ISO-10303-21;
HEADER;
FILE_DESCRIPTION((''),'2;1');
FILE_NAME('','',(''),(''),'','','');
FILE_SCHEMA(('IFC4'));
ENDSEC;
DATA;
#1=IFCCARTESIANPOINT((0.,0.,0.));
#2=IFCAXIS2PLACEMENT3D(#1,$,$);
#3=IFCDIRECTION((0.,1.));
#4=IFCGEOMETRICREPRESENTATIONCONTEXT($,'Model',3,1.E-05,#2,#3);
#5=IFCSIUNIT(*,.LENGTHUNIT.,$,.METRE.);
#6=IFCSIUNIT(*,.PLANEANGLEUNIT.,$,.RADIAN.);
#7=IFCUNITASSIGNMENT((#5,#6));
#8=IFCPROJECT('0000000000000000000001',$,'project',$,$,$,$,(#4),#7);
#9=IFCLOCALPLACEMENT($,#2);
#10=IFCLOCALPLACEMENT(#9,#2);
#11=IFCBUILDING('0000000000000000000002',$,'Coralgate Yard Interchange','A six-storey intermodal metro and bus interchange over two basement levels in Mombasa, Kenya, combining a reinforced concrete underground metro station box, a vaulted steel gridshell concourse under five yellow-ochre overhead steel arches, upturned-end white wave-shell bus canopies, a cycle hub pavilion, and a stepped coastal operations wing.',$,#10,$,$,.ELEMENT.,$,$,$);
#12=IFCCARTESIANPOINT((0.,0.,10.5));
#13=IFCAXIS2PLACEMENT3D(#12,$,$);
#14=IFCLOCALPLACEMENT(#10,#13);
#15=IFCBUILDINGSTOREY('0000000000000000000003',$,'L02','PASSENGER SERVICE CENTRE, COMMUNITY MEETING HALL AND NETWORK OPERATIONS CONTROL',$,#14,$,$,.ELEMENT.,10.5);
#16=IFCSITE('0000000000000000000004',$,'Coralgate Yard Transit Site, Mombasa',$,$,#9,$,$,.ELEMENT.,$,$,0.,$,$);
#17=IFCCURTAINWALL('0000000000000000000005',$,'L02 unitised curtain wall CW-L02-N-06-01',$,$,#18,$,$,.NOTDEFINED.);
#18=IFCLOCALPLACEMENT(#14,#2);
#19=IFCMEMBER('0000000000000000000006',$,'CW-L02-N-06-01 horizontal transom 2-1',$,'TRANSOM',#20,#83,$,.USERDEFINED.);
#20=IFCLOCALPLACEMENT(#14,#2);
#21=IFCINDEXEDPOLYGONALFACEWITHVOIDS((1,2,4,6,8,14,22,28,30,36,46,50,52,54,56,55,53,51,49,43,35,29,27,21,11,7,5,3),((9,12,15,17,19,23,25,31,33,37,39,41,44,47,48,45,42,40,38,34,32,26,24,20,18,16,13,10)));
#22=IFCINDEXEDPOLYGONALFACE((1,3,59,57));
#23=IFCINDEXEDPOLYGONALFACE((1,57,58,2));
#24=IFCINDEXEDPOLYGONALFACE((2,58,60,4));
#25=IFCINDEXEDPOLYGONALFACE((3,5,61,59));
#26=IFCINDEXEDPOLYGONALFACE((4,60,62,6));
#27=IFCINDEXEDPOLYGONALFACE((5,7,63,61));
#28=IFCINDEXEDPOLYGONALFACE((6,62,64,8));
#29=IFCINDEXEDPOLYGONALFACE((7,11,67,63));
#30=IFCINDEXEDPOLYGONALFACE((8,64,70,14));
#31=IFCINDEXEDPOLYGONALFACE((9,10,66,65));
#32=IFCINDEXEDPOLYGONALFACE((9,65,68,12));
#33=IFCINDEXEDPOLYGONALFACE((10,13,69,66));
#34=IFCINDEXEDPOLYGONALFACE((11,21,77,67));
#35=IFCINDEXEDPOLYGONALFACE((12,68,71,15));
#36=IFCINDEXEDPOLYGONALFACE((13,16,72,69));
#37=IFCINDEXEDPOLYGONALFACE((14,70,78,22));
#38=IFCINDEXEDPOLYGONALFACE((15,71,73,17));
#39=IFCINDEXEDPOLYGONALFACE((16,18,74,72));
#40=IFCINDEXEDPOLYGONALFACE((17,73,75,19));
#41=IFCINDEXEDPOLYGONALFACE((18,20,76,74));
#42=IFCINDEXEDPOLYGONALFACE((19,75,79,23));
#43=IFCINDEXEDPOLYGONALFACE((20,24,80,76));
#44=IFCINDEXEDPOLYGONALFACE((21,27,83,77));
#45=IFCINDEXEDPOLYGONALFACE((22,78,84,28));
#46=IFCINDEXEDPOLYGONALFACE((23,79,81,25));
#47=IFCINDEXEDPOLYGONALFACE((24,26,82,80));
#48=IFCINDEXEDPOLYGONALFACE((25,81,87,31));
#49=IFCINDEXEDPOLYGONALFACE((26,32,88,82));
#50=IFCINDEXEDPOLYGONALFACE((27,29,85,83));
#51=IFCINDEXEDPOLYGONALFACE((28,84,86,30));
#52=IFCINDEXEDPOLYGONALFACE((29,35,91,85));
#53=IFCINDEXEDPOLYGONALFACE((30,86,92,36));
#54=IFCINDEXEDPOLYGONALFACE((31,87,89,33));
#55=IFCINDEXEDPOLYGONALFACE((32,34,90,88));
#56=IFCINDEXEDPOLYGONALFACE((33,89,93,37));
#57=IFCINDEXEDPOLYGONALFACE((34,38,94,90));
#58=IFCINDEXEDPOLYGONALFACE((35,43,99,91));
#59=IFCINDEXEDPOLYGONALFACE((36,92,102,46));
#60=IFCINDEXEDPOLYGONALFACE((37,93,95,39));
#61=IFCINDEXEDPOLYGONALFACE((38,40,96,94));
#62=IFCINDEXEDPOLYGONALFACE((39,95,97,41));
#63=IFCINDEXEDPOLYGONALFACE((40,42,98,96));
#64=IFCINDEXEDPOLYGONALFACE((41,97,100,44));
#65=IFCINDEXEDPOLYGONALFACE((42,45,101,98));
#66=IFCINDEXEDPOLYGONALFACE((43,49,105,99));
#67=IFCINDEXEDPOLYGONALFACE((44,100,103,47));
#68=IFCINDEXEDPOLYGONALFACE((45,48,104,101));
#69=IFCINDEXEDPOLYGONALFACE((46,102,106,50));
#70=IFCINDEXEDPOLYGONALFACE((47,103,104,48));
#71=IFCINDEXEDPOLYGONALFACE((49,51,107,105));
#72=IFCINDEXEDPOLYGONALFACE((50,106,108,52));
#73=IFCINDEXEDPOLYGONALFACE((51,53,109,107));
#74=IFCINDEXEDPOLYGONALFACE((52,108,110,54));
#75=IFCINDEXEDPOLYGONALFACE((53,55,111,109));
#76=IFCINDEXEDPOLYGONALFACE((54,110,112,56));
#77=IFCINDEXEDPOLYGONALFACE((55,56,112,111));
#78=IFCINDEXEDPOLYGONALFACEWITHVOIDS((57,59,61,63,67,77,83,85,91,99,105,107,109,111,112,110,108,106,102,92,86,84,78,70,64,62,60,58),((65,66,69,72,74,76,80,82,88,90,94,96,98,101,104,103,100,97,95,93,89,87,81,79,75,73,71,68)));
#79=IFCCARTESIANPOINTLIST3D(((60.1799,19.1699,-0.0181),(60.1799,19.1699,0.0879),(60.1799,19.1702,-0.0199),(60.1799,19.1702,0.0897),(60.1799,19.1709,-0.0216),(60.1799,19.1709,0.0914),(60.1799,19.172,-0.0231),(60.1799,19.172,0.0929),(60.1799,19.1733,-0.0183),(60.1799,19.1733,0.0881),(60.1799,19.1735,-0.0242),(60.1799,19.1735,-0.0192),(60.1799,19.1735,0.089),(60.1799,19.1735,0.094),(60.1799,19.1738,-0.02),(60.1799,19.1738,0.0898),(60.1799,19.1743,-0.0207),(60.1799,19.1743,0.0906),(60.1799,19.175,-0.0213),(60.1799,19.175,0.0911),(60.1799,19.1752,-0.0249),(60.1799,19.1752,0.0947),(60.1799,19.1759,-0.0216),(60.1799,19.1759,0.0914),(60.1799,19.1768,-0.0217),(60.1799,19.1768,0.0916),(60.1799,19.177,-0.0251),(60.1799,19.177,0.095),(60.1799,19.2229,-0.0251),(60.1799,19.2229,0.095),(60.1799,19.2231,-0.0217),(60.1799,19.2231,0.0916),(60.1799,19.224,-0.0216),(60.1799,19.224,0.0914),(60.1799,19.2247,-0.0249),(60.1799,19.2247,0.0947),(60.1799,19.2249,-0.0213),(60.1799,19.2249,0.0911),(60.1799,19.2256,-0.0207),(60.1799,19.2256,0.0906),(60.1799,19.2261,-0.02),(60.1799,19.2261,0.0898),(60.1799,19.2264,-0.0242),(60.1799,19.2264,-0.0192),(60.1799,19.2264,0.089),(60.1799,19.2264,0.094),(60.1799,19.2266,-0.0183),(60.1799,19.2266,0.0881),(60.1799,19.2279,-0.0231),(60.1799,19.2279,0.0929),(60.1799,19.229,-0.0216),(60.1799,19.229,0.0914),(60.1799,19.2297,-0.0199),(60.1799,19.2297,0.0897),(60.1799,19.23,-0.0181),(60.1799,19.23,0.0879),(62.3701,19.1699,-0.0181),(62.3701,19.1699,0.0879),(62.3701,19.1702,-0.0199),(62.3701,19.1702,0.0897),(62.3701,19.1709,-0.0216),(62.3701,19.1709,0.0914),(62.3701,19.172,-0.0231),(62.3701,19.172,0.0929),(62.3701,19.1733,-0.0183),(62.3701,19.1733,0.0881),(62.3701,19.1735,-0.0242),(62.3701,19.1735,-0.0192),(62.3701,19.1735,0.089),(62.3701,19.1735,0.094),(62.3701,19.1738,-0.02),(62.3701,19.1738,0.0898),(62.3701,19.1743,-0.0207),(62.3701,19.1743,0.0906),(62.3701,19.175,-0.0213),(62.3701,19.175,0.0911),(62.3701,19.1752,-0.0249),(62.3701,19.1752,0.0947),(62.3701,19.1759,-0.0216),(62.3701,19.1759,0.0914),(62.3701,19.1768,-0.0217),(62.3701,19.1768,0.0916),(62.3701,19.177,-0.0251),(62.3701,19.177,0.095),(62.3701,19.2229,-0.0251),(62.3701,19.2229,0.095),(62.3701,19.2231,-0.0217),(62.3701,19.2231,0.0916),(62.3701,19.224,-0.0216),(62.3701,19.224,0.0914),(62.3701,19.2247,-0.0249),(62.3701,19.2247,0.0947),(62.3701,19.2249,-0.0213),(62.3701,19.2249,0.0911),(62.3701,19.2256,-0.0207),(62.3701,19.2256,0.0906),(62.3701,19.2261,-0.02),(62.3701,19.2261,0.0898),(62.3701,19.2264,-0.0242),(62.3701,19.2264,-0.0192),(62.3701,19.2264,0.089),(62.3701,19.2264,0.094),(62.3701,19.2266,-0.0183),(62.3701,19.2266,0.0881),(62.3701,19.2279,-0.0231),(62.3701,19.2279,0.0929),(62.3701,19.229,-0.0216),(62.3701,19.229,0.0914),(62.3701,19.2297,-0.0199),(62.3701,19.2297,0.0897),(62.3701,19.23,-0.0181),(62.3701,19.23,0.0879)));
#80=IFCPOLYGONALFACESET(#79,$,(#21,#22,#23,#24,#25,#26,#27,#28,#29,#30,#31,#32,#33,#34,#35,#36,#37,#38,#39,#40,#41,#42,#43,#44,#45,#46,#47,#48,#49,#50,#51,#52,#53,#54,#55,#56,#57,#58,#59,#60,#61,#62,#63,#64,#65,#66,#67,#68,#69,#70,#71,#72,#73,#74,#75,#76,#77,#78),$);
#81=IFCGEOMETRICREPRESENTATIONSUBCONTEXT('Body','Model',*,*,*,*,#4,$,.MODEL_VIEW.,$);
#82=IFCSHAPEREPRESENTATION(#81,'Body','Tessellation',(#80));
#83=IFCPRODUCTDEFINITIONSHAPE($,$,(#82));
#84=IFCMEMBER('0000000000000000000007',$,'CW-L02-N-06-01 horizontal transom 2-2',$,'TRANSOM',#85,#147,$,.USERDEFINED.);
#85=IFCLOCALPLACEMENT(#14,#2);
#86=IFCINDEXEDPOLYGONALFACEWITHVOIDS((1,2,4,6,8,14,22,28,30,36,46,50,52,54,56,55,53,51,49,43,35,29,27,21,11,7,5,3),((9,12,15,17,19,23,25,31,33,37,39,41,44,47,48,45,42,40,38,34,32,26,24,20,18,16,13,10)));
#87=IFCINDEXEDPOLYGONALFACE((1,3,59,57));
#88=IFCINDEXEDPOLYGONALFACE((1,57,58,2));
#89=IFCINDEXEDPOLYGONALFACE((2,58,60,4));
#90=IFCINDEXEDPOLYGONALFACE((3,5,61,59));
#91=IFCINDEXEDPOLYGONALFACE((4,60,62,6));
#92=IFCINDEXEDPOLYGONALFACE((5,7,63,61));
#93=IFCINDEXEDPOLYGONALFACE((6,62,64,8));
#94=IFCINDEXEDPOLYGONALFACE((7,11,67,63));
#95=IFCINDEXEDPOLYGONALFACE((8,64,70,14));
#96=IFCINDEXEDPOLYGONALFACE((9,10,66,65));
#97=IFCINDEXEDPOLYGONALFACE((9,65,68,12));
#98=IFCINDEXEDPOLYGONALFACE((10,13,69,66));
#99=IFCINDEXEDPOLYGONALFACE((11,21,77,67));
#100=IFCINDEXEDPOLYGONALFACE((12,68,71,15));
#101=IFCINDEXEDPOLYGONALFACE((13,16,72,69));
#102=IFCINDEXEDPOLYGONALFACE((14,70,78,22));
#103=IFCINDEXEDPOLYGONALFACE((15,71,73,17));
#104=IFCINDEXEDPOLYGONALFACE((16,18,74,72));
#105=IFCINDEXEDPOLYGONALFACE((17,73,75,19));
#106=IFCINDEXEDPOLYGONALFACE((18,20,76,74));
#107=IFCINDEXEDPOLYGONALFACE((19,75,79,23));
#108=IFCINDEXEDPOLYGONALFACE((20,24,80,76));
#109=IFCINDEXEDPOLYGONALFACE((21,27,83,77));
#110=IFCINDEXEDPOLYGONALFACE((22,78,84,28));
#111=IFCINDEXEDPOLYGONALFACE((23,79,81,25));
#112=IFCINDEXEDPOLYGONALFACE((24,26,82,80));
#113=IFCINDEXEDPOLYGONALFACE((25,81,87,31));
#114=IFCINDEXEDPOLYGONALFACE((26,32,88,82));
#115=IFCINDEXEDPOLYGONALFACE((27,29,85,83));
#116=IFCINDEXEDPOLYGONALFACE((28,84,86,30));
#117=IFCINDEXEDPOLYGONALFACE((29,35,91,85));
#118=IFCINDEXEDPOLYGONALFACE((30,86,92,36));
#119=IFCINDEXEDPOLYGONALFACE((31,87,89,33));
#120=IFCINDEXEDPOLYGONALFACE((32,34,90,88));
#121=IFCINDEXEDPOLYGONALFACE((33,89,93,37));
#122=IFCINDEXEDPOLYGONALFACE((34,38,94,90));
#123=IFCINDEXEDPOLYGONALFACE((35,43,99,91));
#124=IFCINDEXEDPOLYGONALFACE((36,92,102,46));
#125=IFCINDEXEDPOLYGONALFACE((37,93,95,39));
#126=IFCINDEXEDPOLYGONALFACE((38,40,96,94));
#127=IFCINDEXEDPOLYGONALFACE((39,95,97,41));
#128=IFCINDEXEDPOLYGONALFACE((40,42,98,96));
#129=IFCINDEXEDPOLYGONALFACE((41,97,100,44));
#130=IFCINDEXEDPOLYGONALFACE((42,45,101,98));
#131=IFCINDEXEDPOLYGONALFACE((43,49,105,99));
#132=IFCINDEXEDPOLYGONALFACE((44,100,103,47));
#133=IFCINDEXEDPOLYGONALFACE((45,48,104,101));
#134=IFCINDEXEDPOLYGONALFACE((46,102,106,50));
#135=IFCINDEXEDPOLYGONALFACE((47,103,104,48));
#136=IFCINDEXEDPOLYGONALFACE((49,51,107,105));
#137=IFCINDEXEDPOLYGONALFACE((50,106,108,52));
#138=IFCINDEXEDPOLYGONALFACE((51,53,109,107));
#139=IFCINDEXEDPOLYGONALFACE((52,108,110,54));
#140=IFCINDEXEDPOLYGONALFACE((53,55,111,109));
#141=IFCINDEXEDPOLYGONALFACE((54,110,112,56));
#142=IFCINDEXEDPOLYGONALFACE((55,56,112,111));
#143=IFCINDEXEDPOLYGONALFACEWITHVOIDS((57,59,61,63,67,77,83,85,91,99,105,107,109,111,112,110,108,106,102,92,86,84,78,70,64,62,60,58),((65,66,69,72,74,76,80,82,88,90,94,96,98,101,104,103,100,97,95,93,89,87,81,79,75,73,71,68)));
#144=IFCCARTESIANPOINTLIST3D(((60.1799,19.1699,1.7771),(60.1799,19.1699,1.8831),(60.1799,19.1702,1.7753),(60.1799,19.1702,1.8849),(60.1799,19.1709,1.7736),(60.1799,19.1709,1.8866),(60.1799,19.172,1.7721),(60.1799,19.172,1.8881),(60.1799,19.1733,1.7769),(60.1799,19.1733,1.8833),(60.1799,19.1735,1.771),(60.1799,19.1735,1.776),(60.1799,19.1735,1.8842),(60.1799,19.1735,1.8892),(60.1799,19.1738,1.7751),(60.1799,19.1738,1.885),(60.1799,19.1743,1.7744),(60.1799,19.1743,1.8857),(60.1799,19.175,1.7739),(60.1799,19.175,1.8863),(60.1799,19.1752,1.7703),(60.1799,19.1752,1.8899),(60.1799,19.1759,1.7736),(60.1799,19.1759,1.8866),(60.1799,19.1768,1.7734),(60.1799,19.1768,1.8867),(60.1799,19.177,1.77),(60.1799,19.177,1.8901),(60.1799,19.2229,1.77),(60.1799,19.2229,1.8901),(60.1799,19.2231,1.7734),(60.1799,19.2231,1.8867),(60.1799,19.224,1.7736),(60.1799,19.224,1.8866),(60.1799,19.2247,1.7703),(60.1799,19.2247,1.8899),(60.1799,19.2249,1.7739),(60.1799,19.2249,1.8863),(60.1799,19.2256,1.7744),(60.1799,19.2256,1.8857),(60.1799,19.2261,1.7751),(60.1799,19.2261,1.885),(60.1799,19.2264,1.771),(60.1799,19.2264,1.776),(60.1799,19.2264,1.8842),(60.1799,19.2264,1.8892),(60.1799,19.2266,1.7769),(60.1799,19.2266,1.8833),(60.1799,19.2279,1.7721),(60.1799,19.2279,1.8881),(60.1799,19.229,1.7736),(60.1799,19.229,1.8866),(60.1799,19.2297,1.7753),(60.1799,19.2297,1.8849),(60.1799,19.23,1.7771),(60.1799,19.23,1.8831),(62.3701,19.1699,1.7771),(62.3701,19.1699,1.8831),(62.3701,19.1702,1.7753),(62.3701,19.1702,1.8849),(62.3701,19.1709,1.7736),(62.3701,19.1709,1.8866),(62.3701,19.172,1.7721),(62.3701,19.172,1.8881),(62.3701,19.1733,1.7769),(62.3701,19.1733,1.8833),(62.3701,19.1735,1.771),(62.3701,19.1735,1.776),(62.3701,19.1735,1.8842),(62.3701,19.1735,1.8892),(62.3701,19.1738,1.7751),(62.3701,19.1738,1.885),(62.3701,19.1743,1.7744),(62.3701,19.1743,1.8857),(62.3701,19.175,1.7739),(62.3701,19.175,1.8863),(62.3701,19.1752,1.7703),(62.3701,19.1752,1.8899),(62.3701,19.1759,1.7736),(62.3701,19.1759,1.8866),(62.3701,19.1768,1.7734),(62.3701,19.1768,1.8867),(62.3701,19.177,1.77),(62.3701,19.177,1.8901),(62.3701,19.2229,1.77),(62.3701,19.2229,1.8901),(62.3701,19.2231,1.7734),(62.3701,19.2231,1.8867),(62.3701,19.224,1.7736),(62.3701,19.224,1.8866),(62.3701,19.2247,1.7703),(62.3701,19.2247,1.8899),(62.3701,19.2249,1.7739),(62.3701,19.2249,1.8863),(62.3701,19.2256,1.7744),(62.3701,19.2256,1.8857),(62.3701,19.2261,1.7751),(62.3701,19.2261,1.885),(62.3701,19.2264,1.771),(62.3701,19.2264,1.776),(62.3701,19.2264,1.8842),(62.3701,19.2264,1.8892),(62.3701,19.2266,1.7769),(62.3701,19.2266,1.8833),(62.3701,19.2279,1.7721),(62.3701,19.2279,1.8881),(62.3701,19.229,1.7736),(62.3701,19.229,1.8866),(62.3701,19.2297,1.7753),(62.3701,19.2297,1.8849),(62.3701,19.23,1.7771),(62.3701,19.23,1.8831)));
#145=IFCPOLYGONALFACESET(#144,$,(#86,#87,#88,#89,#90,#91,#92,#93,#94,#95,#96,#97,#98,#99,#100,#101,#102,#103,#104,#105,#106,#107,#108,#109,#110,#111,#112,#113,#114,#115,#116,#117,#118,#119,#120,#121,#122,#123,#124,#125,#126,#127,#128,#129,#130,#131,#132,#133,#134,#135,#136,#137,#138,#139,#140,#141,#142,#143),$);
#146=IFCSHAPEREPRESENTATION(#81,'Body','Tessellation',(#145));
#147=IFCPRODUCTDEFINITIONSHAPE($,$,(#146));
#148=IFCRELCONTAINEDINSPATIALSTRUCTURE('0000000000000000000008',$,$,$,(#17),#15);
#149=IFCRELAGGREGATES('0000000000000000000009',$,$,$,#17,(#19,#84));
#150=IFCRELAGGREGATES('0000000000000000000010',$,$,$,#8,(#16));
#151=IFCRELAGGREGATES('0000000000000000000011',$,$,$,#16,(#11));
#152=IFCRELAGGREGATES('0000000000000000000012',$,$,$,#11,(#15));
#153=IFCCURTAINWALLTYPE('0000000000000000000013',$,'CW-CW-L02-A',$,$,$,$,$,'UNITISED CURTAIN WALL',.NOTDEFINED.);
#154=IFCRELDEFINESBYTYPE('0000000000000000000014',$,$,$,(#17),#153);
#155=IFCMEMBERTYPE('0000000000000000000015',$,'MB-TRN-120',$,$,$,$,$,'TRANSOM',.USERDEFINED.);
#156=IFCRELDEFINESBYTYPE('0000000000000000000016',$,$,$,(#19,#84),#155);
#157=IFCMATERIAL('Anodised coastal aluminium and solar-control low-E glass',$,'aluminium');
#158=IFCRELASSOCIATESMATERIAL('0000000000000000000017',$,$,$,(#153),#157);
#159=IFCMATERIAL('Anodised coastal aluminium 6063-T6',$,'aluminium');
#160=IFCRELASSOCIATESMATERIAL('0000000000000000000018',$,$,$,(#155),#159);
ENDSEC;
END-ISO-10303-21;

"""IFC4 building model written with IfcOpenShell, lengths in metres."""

from ifc_helpers import new_model, si_unit, direction, frame, origin, origin_2d, place, context, subcontext, project, spatial, hollow_rectangle, extrude, material, material_profile, profile_set, type_object, element, aggregate, save


model = new_model("IFC4")

# Units and contexts
model_context = context("Model", 3, precision=1e-05, world=origin(), true_north=direction((0.0, 1.0)))
body_context = subcontext(model_context, "Body", "Model", "MODEL_VIEW")
ifc_project = project(units=[si_unit("LENGTHUNIT", "METRE"), si_unit("PLANEANGLEUNIT", "RADIAN")], contexts=[model_context])

# Site, building, storey
site_placement = place(None, origin())
site = spatial("IfcSite", under=ifc_project, at=site_placement, Name="Coralgate Yard Transit Site, Mombasa", CompositionType="ELEMENT", RefElevation=0.0)
building_placement = place(site_placement, origin())
building = spatial("IfcBuilding", under=site, at=building_placement, Name="Coralgate Yard Interchange", Description="A six-storey intermodal metro and bus interchange over two basement levels in Mombasa, Kenya, combining a reinforced concrete underground metro station box, a vaulted steel gridshell concourse under five yellow-ochre overhead steel arches, upturned-end white wave-shell bus canopies, a cycle hub pavilion, and a stepped coastal operations wing.", CompositionType="ELEMENT")
storey_placement = place(building_placement, frame((0.0, 0.0, 10.5)))
storey = spatial("IfcBuildingStorey", under=building, at=storey_placement, Name="L02", Description="PASSENGER SERVICE CENTRE, COMMUNITY MEETING HALL AND NETWORK OPERATIONS CONTROL", CompositionType="ELEMENT", Elevation=10.5)

# Shared definitions
ifc_material_1 = material(Name="Anodised coastal aluminium and solar-control low-E glass", Category="aluminium")
curtain_wall_type = type_object("IfcCurtainWallType", Name="CW-CW-L02-A", ElementType="UNITISED CURTAIN WALL", PredefinedType="NOTDEFINED", material=ifc_material_1)
ifc_material_2 = material(Name="Anodised coastal aluminium 6063-T6", Category="aluminium")

# Curtain wall, members
curtain_wall_1_placement = place(storey_placement, origin())
curtain_wall_1 = element("IfcCurtainWall", 1, at=curtain_wall_1_placement, inside=storey, type_object=curtain_wall_type, Name="L02 unitised curtain wall CW-L02-N-06-01", PredefinedType="NOTDEFINED")
ifc_material_profile_1 = material_profile(ifc_material_2, hollow_rectangle(XDim=0.0601, YDim=0.1201, WallThickness=0.0034, InnerFilletRadius=0.0034, OuterFilletRadius=0.0071, at=origin_2d()), Name="ALU 60x120x3.5")
ifc_profile_set_1 = profile_set([ifc_material_profile_1], Name="Anodised coastal aluminium 6063-T6")
member_type_1 = type_object("IfcMemberType", Name="MB-TRN-120", ElementType="TRANSOM", PredefinedType="USERDEFINED", material=ifc_profile_set_1)
member_1_placement = place(storey_placement, frame((60.1799, 19.2, 0.0349), z_axis=(1.0, 0.0, 0.0), x_axis=(0.0, 1.0, 0.0)))
member_1 = element("IfcMember", 2, at=member_1_placement, type_object=member_type_1, Name="CW-L02-N-06-01 horizontal transom 2-1", ObjectType="TRANSOM", PredefinedType="USERDEFINED", context=body_context, shape_type="SweptSolid", body=[
    extrude(hollow_rectangle(XDim=0.0601, YDim=0.1201, WallThickness=0.0034, InnerFilletRadius=0.0034, OuterFilletRadius=0.0071, at=origin_2d()), origin(), (0.0, 0.0, 1.0), 2.1902),
])
member_2_placement = place(storey_placement, frame((60.1799, 19.2, 1.8301), z_axis=(1.0, 0.0, 0.0), x_axis=(0.0, 1.0, 0.0)))
member_2 = element("IfcMember", 3, at=member_2_placement, type_object=member_type_1, Name="CW-L02-N-06-01 horizontal transom 2-2", ObjectType="TRANSOM", PredefinedType="USERDEFINED", context=body_context, shape_type="SweptSolid", body=[
    extrude(hollow_rectangle(XDim=0.0601, YDim=0.1201, WallThickness=0.0034, InnerFilletRadius=0.0034, OuterFilletRadius=0.0071, at=origin_2d()), origin(), (0.0, 0.0, 1.0), 2.1902),
])
aggregate(curtain_wall_1, [member_1, member_2])

save(model, "model.ifc")
